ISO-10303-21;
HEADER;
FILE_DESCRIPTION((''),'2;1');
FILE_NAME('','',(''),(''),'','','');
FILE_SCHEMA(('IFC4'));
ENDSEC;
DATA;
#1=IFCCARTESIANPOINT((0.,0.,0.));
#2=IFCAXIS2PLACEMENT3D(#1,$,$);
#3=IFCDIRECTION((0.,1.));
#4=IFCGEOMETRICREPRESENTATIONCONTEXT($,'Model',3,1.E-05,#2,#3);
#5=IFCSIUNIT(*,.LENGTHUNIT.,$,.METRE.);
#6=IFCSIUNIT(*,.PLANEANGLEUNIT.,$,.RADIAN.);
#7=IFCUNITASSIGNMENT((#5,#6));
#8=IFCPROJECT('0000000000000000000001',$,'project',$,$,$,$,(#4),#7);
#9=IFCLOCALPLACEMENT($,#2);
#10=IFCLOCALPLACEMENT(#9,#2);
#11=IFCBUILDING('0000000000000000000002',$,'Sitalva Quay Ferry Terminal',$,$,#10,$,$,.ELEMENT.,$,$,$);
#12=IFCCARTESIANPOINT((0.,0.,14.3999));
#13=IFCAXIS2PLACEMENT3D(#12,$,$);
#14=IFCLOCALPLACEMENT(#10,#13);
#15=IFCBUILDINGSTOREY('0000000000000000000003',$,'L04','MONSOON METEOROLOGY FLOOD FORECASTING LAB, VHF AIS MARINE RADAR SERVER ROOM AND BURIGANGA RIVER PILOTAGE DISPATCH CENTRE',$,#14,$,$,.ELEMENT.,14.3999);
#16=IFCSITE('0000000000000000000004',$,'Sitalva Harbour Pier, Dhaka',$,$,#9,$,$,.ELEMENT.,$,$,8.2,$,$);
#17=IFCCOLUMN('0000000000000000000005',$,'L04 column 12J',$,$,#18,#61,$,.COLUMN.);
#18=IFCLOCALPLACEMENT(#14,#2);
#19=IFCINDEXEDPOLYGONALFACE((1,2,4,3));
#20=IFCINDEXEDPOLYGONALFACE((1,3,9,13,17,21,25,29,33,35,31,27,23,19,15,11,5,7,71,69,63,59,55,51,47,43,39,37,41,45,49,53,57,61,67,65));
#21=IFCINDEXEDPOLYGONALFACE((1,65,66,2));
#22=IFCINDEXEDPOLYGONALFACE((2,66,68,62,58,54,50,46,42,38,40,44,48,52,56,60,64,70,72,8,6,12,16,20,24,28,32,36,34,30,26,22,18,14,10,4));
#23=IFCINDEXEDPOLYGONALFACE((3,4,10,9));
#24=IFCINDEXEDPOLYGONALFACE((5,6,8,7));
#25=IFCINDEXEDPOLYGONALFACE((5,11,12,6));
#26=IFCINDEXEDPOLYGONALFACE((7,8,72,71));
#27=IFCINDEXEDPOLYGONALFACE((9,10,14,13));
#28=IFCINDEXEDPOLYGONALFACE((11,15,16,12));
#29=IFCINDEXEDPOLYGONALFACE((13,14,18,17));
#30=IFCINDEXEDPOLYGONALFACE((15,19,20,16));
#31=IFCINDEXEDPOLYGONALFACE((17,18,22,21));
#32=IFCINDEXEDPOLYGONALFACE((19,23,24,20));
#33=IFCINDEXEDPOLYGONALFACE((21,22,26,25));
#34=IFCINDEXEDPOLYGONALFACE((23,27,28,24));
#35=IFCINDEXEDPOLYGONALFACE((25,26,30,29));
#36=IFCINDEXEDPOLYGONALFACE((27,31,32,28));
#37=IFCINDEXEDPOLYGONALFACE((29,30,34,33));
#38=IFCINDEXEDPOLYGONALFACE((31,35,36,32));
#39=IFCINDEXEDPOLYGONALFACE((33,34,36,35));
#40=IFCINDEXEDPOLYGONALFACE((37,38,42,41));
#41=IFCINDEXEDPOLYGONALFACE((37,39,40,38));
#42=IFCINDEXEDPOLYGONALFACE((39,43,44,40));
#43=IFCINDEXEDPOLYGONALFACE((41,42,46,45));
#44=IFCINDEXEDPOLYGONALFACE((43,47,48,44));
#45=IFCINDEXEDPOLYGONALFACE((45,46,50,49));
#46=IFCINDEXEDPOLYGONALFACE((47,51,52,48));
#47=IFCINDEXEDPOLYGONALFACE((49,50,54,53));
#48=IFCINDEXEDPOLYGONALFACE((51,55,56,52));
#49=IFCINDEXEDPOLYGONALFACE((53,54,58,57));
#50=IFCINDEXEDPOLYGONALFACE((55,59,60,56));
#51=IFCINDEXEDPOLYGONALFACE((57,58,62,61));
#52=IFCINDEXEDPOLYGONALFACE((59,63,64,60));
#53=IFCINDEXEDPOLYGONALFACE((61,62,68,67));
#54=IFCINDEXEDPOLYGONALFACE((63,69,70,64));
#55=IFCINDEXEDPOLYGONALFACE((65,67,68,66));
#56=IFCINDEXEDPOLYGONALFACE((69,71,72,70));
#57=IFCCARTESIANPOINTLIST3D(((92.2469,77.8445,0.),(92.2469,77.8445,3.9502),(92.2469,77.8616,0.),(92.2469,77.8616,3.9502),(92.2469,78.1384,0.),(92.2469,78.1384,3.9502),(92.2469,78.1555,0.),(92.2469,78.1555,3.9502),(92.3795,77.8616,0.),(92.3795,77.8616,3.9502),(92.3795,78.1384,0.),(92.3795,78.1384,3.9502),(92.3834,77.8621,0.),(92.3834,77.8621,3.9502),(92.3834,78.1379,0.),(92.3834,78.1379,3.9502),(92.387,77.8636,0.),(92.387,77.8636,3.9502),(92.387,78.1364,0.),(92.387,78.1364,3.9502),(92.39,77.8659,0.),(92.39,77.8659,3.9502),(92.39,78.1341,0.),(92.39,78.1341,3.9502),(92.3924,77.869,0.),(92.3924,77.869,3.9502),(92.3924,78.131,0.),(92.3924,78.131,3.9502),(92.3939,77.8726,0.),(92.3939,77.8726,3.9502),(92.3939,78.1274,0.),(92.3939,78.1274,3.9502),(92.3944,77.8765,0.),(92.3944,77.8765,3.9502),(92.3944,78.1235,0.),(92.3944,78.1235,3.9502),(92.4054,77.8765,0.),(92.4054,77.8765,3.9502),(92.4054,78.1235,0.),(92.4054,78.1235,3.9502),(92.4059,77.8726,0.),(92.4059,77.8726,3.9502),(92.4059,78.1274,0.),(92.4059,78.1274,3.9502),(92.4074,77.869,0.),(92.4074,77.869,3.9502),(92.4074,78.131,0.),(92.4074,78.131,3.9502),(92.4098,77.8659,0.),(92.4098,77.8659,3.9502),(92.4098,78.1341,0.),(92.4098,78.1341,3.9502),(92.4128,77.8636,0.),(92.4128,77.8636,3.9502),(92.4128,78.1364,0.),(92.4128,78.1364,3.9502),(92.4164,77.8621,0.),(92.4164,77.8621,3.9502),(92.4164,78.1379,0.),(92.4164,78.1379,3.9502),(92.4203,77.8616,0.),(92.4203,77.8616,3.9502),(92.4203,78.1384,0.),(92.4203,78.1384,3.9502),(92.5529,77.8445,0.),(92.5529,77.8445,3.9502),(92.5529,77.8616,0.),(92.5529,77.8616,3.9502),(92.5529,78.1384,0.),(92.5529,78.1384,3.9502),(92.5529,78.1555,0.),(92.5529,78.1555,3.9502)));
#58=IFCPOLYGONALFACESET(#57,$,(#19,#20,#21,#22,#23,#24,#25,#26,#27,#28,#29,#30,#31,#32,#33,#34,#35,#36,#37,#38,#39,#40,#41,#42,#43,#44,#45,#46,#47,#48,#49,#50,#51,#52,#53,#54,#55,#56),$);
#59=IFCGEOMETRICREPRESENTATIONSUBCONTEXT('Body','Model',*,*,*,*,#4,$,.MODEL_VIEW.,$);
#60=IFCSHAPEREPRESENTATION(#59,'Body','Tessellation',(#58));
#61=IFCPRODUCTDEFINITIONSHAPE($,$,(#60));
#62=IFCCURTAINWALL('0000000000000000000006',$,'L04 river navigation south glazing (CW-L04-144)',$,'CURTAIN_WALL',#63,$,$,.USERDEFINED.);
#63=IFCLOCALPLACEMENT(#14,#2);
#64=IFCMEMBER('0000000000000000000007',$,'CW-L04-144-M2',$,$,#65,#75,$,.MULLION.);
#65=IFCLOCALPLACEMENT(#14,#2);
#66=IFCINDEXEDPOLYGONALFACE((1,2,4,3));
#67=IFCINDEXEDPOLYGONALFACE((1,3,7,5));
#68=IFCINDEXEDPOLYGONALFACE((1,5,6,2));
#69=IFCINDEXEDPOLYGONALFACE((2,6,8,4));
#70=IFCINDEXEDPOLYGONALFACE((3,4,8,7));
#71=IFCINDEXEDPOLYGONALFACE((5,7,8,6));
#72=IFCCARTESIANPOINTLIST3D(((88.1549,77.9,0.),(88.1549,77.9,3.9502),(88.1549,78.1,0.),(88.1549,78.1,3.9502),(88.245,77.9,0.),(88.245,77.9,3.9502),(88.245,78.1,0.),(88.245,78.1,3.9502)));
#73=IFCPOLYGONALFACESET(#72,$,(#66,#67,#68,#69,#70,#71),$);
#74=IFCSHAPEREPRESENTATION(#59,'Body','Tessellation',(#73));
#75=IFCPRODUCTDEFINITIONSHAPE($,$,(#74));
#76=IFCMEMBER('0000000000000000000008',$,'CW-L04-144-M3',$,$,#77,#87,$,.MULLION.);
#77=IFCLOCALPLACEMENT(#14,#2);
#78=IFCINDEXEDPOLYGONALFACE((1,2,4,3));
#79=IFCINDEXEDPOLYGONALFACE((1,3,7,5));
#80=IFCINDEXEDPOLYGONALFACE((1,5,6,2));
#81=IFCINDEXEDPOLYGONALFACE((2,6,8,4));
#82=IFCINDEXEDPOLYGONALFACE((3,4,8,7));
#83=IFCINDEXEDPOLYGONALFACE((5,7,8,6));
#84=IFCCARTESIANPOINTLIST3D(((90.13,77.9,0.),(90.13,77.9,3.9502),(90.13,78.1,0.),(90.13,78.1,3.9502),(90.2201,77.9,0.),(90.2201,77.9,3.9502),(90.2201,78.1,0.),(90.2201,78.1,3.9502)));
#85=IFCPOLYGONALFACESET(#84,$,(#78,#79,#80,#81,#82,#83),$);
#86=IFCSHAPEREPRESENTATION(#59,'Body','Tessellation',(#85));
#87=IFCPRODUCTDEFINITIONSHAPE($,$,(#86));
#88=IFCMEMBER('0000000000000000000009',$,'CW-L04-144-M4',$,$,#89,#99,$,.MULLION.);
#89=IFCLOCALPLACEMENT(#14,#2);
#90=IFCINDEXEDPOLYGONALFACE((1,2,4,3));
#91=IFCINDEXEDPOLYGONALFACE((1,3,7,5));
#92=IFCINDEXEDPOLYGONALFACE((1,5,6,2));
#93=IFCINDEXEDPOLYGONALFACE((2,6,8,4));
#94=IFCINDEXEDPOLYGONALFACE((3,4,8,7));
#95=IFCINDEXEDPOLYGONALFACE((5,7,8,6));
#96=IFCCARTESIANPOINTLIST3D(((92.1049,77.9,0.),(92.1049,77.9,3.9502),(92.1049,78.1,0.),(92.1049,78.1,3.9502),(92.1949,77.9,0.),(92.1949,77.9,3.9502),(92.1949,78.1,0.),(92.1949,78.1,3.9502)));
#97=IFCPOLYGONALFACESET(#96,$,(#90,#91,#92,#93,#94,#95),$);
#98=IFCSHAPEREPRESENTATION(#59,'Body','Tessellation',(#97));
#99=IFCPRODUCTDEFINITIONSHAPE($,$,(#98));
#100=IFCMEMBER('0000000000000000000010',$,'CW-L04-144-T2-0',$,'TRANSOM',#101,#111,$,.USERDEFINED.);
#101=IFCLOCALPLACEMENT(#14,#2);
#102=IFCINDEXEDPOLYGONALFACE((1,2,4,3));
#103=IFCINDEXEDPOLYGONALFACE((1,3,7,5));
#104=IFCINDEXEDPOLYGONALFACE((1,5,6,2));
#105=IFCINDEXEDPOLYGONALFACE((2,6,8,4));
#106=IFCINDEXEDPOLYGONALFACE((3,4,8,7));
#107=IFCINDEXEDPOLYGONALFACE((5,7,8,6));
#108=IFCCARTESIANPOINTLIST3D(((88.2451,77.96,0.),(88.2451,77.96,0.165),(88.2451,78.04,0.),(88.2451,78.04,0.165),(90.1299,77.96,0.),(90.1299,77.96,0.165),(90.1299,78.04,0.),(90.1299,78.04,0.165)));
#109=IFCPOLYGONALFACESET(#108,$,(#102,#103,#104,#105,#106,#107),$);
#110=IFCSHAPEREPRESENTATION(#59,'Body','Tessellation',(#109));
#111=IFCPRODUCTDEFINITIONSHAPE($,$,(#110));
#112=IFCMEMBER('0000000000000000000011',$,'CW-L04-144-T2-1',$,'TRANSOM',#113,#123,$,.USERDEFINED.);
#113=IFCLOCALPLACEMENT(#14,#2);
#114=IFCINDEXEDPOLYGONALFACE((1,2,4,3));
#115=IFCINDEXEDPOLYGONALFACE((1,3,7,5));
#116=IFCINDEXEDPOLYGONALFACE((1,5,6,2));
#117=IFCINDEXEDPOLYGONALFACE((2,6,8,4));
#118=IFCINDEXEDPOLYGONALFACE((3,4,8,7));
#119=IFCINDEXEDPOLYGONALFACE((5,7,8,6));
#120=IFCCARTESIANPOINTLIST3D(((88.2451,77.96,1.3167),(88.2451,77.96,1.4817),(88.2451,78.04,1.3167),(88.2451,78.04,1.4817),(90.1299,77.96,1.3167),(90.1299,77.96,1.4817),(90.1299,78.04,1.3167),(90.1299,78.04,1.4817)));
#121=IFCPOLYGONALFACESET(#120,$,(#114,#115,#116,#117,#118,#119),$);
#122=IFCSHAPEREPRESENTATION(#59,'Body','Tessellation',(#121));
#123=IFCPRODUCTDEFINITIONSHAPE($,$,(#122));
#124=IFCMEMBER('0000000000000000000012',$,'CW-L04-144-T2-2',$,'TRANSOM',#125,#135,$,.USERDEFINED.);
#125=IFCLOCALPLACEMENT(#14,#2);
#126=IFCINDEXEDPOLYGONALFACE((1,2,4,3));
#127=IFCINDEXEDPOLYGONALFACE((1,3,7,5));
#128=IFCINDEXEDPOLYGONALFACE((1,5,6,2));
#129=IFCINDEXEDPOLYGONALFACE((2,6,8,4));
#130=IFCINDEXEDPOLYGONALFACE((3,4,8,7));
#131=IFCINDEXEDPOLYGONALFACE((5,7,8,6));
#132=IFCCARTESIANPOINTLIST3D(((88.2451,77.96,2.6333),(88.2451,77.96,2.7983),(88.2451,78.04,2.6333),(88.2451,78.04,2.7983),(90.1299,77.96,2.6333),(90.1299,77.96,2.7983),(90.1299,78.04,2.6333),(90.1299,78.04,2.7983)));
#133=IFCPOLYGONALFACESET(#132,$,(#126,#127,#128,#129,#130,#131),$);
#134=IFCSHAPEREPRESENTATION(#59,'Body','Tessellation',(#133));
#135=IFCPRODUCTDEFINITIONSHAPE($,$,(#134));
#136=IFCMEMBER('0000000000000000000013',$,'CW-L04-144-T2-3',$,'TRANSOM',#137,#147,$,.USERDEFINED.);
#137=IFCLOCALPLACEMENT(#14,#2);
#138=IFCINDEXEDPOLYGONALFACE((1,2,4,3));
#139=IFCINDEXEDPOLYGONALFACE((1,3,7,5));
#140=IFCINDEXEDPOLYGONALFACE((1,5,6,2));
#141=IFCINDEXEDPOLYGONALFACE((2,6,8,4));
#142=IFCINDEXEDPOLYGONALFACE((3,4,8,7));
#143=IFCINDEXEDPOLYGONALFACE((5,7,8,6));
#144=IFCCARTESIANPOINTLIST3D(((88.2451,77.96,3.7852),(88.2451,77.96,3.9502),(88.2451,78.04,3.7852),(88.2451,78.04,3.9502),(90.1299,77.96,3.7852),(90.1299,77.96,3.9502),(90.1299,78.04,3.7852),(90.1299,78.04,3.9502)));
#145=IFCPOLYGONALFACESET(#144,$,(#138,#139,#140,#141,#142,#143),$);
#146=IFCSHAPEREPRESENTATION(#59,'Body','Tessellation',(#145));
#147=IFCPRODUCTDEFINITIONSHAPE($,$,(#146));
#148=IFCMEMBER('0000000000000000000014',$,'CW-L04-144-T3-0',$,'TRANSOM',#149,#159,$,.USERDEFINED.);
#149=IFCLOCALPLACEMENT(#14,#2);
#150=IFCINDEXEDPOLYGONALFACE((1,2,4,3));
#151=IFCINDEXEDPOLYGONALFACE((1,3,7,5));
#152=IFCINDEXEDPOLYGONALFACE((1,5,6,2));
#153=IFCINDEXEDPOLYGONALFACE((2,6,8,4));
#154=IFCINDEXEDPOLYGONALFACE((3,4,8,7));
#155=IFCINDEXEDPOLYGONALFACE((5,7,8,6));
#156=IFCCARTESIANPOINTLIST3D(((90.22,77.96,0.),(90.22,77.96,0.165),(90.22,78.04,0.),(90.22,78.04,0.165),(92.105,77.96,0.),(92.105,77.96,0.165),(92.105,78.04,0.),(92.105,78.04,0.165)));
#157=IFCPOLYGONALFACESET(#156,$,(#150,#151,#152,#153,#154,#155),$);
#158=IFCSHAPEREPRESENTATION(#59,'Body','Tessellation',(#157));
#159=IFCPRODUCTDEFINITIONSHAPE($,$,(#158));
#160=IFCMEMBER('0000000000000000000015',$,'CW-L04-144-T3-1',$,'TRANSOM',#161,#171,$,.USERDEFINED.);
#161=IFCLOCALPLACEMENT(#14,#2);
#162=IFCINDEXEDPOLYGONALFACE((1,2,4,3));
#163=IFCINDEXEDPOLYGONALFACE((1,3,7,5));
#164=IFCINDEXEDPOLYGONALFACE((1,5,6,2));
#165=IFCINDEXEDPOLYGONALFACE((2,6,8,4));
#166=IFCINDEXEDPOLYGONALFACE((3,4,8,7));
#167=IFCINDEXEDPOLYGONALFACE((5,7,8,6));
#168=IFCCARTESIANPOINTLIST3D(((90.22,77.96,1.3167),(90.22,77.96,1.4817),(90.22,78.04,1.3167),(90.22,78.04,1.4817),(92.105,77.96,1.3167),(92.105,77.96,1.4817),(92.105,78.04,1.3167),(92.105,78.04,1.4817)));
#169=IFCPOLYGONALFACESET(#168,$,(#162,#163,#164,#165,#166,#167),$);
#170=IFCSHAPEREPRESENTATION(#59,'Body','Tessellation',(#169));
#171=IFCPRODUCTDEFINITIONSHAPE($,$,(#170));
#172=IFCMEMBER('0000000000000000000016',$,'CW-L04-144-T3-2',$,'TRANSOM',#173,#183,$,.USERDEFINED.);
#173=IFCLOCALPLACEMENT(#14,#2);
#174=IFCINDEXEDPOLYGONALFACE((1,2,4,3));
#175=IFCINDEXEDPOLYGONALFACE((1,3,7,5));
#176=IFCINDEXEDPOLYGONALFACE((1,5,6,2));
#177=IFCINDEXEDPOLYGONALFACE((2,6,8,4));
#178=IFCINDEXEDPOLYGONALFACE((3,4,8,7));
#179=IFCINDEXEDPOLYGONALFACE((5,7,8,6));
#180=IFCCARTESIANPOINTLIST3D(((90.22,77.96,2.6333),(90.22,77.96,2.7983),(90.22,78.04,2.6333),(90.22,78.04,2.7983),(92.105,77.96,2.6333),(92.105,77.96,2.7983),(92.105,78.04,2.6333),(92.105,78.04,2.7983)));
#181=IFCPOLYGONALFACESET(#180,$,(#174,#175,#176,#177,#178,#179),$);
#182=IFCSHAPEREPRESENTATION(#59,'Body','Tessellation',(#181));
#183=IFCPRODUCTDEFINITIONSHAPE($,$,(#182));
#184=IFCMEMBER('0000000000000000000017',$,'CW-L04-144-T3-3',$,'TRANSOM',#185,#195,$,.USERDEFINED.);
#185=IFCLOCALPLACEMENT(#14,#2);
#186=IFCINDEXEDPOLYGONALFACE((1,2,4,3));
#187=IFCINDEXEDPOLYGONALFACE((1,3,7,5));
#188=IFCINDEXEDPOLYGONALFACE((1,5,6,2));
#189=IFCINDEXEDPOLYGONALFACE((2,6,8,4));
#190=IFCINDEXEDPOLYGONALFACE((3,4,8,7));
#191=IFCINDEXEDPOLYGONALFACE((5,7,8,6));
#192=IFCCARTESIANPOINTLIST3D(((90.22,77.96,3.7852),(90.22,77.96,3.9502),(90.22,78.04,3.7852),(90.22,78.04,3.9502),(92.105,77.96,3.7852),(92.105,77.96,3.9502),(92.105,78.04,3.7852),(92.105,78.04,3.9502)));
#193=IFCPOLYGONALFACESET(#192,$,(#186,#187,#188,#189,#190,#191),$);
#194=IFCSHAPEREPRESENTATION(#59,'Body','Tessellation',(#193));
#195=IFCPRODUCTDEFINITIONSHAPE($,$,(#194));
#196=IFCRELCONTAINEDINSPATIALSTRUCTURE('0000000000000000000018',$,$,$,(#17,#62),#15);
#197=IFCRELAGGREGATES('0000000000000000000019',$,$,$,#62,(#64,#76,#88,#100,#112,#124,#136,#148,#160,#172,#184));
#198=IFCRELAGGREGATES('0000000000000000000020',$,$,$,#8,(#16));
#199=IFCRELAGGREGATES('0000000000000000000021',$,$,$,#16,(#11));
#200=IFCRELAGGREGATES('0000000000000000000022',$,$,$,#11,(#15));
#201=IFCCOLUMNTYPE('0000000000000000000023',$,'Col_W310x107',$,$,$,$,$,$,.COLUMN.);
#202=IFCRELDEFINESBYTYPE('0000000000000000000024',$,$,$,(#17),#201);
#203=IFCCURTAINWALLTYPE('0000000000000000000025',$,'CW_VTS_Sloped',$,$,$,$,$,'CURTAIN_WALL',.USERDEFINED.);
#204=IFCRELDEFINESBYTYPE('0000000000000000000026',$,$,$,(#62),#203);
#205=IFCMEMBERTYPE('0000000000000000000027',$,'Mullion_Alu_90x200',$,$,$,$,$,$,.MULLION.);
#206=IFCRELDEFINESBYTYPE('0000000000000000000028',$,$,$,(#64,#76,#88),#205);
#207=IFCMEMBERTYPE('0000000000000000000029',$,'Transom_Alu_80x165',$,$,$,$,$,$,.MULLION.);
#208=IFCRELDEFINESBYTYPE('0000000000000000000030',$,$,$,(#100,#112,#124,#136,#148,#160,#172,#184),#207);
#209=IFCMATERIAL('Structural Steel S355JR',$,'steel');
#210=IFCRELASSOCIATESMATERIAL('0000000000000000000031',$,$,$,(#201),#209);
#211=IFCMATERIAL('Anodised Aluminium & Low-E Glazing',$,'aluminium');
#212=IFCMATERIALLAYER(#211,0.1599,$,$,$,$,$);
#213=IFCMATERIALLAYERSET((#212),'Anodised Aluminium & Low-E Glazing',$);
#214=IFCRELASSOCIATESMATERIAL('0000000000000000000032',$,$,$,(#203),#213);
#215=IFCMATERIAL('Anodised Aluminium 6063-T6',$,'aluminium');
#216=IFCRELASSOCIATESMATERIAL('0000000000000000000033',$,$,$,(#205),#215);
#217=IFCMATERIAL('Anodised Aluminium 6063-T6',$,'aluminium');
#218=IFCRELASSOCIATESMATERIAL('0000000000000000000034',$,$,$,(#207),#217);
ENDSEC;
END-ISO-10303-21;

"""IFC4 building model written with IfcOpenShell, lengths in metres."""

from ifc_helpers import new_model, si_unit, direction, frame, origin, origin_2d, place, context, subcontext, project, spatial, rectangle, i_section, extrude, material, layer, layer_set, material_profile, profile_set, type_object, element, aggregate, save


model = new_model("IFC4")

# Units and contexts
model_context = context("Model", 3, precision=1e-05, world=origin(), true_north=direction((0.0, 1.0)))
body_context = subcontext(model_context, "Body", "Model", "MODEL_VIEW")
ifc_project = project(units=[si_unit("LENGTHUNIT", "METRE"), si_unit("PLANEANGLEUNIT", "RADIAN")], contexts=[model_context])

# Site, building, storey
site_placement = place(None, origin())
site = spatial("IfcSite", under=ifc_project, at=site_placement, Name="Sitalva Harbour Pier, Dhaka", CompositionType="ELEMENT", RefElevation=8.2)
building_placement = place(site_placement, origin())
building = spatial("IfcBuilding", under=site, at=building_placement, Name="Sitalva Quay Ferry Terminal", CompositionType="ELEMENT")
storey_placement = place(building_placement, frame((0.0, 0.0, 14.3999)))
storey = spatial("IfcBuildingStorey", under=building, at=storey_placement, Name="L04", Description="MONSOON METEOROLOGY FLOOD FORECASTING LAB, VHF AIS MARINE RADAR SERVER ROOM AND BURIGANGA RIVER PILOTAGE DISPATCH CENTRE", CompositionType="ELEMENT", Elevation=14.3999)

# Column
ifc_material_1 = material(Name="Structural Steel S355JR", Category="steel")
ifc_material_profile_1 = material_profile(ifc_material_1, i_section(OverallWidth=0.3059, OverallDepth=0.311, WebThickness=0.011, FlangeThickness=0.0171, FilletRadius=0.0149, at=origin_2d()), Name="W310x107")
ifc_profile_set_1 = profile_set([ifc_material_profile_1], Name="Structural Steel S355JR")
column_type = type_object("IfcColumnType", Name="Col_W310x107", PredefinedType="COLUMN", material=ifc_profile_set_1)
column_placement = place(storey_placement, frame((92.3999, 78.0, 0.0), z_axis=(0.0, 0.0, 1.0), x_axis=(1.0, 0.0, 0.0)))
element("IfcColumn", 1, at=column_placement, inside=storey, type_object=column_type, Name="L04 column 12J", PredefinedType="COLUMN", context=body_context, shape_type="SweptSolid", body=[
    extrude(i_section(OverallWidth=0.3059, OverallDepth=0.311, WebThickness=0.011, FlangeThickness=0.0171, FilletRadius=0.0149, at=origin_2d()), origin(), (0.0, 0.0, 1.0), 3.9502),
])

# Curtain wall, members
ifc_material_2 = material(Name="Anodised Aluminium & Low-E Glazing", Category="aluminium")
ifc_layer_1 = layer(ifc_material_2, 0.1599)
ifc_layer_set_1 = layer_set([ifc_layer_1], Name="Anodised Aluminium & Low-E Glazing")
curtain_wall_type = type_object("IfcCurtainWallType", Name="CW_VTS_Sloped", ElementType="CURTAIN_WALL", PredefinedType="USERDEFINED", material=ifc_layer_set_1)
curtain_wall_placement = place(storey_placement, origin())
curtain_wall = element("IfcCurtainWall", 2, at=curtain_wall_placement, inside=storey, type_object=curtain_wall_type, Name="L04 river navigation south glazing (CW-L04-144)", ObjectType="CURTAIN_WALL", PredefinedType="USERDEFINED")
ifc_material_3 = material(Name="Anodised Aluminium 6063-T6", Category="aluminium")
ifc_material_profile_2 = material_profile(ifc_material_3, rectangle(XDim=0.0901, YDim=0.2, at=origin_2d()), Name="ALU90x200")
ifc_profile_set_2 = profile_set([ifc_material_profile_2], Name="Anodised Aluminium 6063-T6")
member_type_1 = type_object("IfcMemberType", Name="Mullion_Alu_90x200", PredefinedType="MULLION", material=ifc_profile_set_2)
member_1_placement = place(storey_placement, frame((88.2, 78.0, 0.0), z_axis=(0.0, 0.0, 1.0), x_axis=(1.0, 0.0, 0.0)))
member_1 = element("IfcMember", 3, at=member_1_placement, type_object=member_type_1, Name="CW-L04-144-M2", PredefinedType="MULLION", context=body_context, shape_type="SweptSolid", body=[
    extrude(rectangle(XDim=0.0901, YDim=0.2, at=origin_2d()), origin(), (0.0, 0.0, 1.0), 3.9502),
])
member_2_placement = place(storey_placement, frame((90.175, 78.0, 0.0), z_axis=(0.0, 0.0, 1.0), x_axis=(1.0, 0.0, 0.0)))
member_2 = element("IfcMember", 4, at=member_2_placement, type_object=member_type_1, Name="CW-L04-144-M3", PredefinedType="MULLION", context=body_context, shape_type="SweptSolid", body=[
    extrude(rectangle(XDim=0.0901, YDim=0.2, at=origin_2d()), origin(), (0.0, 0.0, 1.0), 3.9502),
])
member_3_placement = place(storey_placement, frame((92.1499, 78.0, 0.0), z_axis=(0.0, 0.0, 1.0), x_axis=(1.0, 0.0, 0.0)))
member_3 = element("IfcMember", 5, at=member_3_placement, type_object=member_type_1, Name="CW-L04-144-M4", PredefinedType="MULLION", context=body_context, shape_type="SweptSolid", body=[
    extrude(rectangle(XDim=0.0901, YDim=0.2, at=origin_2d()), origin(), (0.0, 0.0, 1.0), 3.9502),
])
ifc_material_4 = material(Name="Anodised Aluminium 6063-T6", Category="aluminium")
ifc_material_profile_3 = material_profile(ifc_material_4, rectangle(XDim=0.0801, YDim=0.165, at=origin_2d()), Name="ALU80x165")
ifc_profile_set_3 = profile_set([ifc_material_profile_3], Name="Anodised Aluminium 6063-T6")
member_type_2 = type_object("IfcMemberType", Name="Transom_Alu_80x165", PredefinedType="MULLION", material=ifc_profile_set_3)
member_4_placement = place(storey_placement, frame((88.2451, 78.0, 0.0825), z_axis=(1.0, 0.0, 0.0), x_axis=(0.0, 1.0, 0.0)))
member_4 = element("IfcMember", 6, at=member_4_placement, type_object=member_type_2, Name="CW-L04-144-T2-0", ObjectType="TRANSOM", PredefinedType="USERDEFINED", context=body_context, shape_type="SweptSolid", body=[
    extrude(rectangle(XDim=0.0801, YDim=0.165, at=origin_2d()), origin(), (0.0, 0.0, 1.0), 1.8848),
])
member_5_placement = place(storey_placement, frame((88.2451, 78.0, 1.3992), z_axis=(1.0, 0.0, 0.0), x_axis=(0.0, 1.0, 0.0)))
member_5 = element("IfcMember", 7, at=member_5_placement, type_object=member_type_2, Name="CW-L04-144-T2-1", ObjectType="TRANSOM", PredefinedType="USERDEFINED", context=body_context, shape_type="SweptSolid", body=[
    extrude(rectangle(XDim=0.0801, YDim=0.165, at=origin_2d()), origin(), (0.0, 0.0, 1.0), 1.8848),
])
member_6_placement = place(storey_placement, frame((88.2451, 78.0, 2.7158), z_axis=(1.0, 0.0, 0.0), x_axis=(0.0, 1.0, 0.0)))
member_6 = element("IfcMember", 8, at=member_6_placement, type_object=member_type_2, Name="CW-L04-144-T2-2", ObjectType="TRANSOM", PredefinedType="USERDEFINED", context=body_context, shape_type="SweptSolid", body=[
    extrude(rectangle(XDim=0.0801, YDim=0.165, at=origin_2d()), origin(), (0.0, 0.0, 1.0), 1.8848),
])
member_7_placement = place(storey_placement, frame((88.2451, 78.0, 3.8677), z_axis=(1.0, 0.0, 0.0), x_axis=(0.0, 1.0, 0.0)))
member_7 = element("IfcMember", 9, at=member_7_placement, type_object=member_type_2, Name="CW-L04-144-T2-3", ObjectType="TRANSOM", PredefinedType="USERDEFINED", context=body_context, shape_type="SweptSolid", body=[
    extrude(rectangle(XDim=0.0801, YDim=0.165, at=origin_2d()), origin(), (0.0, 0.0, 1.0), 1.8848),
])
member_8_placement = place(storey_placement, frame((90.22, 78.0, 0.0825), z_axis=(1.0, 0.0, 0.0), x_axis=(0.0, 1.0, 0.0)))
member_8 = element("IfcMember", 10, at=member_8_placement, type_object=member_type_2, Name="CW-L04-144-T3-0", ObjectType="TRANSOM", PredefinedType="USERDEFINED", context=body_context, shape_type="SweptSolid", body=[
    extrude(rectangle(XDim=0.0801, YDim=0.165, at=origin_2d()), origin(), (0.0, 0.0, 1.0), 1.885),
])
member_9_placement = place(storey_placement, frame((90.22, 78.0, 1.3992), z_axis=(1.0, 0.0, 0.0), x_axis=(0.0, 1.0, 0.0)))
member_9 = element("IfcMember", 11, at=member_9_placement, type_object=member_type_2, Name="CW-L04-144-T3-1", ObjectType="TRANSOM", PredefinedType="USERDEFINED", context=body_context, shape_type="SweptSolid", body=[
    extrude(rectangle(XDim=0.0801, YDim=0.165, at=origin_2d()), origin(), (0.0, 0.0, 1.0), 1.885),
])
member_10_placement = place(storey_placement, frame((90.22, 78.0, 2.7158), z_axis=(1.0, 0.0, 0.0), x_axis=(0.0, 1.0, 0.0)))
member_10 = element("IfcMember", 12, at=member_10_placement, type_object=member_type_2, Name="CW-L04-144-T3-2", ObjectType="TRANSOM", PredefinedType="USERDEFINED", context=body_context, shape_type="SweptSolid", body=[
    extrude(rectangle(XDim=0.0801, YDim=0.165, at=origin_2d()), origin(), (0.0, 0.0, 1.0), 1.885),
])
member_11_placement = place(storey_placement, frame((90.22, 78.0, 3.8677), z_axis=(1.0, 0.0, 0.0), x_axis=(0.0, 1.0, 0.0)))
member_11 = element("IfcMember", 13, at=member_11_placement, type_object=member_type_2, Name="CW-L04-144-T3-3", ObjectType="TRANSOM", PredefinedType="USERDEFINED", context=body_context, shape_type="SweptSolid", body=[
    extrude(rectangle(XDim=0.0801, YDim=0.165, at=origin_2d()), origin(), (0.0, 0.0, 1.0), 1.885),
])
aggregate(curtain_wall, [member_1, member_2, member_3, member_4, member_5, member_6, member_7, member_8, member_9, member_10, member_11])

save(model, "model.ifc")
